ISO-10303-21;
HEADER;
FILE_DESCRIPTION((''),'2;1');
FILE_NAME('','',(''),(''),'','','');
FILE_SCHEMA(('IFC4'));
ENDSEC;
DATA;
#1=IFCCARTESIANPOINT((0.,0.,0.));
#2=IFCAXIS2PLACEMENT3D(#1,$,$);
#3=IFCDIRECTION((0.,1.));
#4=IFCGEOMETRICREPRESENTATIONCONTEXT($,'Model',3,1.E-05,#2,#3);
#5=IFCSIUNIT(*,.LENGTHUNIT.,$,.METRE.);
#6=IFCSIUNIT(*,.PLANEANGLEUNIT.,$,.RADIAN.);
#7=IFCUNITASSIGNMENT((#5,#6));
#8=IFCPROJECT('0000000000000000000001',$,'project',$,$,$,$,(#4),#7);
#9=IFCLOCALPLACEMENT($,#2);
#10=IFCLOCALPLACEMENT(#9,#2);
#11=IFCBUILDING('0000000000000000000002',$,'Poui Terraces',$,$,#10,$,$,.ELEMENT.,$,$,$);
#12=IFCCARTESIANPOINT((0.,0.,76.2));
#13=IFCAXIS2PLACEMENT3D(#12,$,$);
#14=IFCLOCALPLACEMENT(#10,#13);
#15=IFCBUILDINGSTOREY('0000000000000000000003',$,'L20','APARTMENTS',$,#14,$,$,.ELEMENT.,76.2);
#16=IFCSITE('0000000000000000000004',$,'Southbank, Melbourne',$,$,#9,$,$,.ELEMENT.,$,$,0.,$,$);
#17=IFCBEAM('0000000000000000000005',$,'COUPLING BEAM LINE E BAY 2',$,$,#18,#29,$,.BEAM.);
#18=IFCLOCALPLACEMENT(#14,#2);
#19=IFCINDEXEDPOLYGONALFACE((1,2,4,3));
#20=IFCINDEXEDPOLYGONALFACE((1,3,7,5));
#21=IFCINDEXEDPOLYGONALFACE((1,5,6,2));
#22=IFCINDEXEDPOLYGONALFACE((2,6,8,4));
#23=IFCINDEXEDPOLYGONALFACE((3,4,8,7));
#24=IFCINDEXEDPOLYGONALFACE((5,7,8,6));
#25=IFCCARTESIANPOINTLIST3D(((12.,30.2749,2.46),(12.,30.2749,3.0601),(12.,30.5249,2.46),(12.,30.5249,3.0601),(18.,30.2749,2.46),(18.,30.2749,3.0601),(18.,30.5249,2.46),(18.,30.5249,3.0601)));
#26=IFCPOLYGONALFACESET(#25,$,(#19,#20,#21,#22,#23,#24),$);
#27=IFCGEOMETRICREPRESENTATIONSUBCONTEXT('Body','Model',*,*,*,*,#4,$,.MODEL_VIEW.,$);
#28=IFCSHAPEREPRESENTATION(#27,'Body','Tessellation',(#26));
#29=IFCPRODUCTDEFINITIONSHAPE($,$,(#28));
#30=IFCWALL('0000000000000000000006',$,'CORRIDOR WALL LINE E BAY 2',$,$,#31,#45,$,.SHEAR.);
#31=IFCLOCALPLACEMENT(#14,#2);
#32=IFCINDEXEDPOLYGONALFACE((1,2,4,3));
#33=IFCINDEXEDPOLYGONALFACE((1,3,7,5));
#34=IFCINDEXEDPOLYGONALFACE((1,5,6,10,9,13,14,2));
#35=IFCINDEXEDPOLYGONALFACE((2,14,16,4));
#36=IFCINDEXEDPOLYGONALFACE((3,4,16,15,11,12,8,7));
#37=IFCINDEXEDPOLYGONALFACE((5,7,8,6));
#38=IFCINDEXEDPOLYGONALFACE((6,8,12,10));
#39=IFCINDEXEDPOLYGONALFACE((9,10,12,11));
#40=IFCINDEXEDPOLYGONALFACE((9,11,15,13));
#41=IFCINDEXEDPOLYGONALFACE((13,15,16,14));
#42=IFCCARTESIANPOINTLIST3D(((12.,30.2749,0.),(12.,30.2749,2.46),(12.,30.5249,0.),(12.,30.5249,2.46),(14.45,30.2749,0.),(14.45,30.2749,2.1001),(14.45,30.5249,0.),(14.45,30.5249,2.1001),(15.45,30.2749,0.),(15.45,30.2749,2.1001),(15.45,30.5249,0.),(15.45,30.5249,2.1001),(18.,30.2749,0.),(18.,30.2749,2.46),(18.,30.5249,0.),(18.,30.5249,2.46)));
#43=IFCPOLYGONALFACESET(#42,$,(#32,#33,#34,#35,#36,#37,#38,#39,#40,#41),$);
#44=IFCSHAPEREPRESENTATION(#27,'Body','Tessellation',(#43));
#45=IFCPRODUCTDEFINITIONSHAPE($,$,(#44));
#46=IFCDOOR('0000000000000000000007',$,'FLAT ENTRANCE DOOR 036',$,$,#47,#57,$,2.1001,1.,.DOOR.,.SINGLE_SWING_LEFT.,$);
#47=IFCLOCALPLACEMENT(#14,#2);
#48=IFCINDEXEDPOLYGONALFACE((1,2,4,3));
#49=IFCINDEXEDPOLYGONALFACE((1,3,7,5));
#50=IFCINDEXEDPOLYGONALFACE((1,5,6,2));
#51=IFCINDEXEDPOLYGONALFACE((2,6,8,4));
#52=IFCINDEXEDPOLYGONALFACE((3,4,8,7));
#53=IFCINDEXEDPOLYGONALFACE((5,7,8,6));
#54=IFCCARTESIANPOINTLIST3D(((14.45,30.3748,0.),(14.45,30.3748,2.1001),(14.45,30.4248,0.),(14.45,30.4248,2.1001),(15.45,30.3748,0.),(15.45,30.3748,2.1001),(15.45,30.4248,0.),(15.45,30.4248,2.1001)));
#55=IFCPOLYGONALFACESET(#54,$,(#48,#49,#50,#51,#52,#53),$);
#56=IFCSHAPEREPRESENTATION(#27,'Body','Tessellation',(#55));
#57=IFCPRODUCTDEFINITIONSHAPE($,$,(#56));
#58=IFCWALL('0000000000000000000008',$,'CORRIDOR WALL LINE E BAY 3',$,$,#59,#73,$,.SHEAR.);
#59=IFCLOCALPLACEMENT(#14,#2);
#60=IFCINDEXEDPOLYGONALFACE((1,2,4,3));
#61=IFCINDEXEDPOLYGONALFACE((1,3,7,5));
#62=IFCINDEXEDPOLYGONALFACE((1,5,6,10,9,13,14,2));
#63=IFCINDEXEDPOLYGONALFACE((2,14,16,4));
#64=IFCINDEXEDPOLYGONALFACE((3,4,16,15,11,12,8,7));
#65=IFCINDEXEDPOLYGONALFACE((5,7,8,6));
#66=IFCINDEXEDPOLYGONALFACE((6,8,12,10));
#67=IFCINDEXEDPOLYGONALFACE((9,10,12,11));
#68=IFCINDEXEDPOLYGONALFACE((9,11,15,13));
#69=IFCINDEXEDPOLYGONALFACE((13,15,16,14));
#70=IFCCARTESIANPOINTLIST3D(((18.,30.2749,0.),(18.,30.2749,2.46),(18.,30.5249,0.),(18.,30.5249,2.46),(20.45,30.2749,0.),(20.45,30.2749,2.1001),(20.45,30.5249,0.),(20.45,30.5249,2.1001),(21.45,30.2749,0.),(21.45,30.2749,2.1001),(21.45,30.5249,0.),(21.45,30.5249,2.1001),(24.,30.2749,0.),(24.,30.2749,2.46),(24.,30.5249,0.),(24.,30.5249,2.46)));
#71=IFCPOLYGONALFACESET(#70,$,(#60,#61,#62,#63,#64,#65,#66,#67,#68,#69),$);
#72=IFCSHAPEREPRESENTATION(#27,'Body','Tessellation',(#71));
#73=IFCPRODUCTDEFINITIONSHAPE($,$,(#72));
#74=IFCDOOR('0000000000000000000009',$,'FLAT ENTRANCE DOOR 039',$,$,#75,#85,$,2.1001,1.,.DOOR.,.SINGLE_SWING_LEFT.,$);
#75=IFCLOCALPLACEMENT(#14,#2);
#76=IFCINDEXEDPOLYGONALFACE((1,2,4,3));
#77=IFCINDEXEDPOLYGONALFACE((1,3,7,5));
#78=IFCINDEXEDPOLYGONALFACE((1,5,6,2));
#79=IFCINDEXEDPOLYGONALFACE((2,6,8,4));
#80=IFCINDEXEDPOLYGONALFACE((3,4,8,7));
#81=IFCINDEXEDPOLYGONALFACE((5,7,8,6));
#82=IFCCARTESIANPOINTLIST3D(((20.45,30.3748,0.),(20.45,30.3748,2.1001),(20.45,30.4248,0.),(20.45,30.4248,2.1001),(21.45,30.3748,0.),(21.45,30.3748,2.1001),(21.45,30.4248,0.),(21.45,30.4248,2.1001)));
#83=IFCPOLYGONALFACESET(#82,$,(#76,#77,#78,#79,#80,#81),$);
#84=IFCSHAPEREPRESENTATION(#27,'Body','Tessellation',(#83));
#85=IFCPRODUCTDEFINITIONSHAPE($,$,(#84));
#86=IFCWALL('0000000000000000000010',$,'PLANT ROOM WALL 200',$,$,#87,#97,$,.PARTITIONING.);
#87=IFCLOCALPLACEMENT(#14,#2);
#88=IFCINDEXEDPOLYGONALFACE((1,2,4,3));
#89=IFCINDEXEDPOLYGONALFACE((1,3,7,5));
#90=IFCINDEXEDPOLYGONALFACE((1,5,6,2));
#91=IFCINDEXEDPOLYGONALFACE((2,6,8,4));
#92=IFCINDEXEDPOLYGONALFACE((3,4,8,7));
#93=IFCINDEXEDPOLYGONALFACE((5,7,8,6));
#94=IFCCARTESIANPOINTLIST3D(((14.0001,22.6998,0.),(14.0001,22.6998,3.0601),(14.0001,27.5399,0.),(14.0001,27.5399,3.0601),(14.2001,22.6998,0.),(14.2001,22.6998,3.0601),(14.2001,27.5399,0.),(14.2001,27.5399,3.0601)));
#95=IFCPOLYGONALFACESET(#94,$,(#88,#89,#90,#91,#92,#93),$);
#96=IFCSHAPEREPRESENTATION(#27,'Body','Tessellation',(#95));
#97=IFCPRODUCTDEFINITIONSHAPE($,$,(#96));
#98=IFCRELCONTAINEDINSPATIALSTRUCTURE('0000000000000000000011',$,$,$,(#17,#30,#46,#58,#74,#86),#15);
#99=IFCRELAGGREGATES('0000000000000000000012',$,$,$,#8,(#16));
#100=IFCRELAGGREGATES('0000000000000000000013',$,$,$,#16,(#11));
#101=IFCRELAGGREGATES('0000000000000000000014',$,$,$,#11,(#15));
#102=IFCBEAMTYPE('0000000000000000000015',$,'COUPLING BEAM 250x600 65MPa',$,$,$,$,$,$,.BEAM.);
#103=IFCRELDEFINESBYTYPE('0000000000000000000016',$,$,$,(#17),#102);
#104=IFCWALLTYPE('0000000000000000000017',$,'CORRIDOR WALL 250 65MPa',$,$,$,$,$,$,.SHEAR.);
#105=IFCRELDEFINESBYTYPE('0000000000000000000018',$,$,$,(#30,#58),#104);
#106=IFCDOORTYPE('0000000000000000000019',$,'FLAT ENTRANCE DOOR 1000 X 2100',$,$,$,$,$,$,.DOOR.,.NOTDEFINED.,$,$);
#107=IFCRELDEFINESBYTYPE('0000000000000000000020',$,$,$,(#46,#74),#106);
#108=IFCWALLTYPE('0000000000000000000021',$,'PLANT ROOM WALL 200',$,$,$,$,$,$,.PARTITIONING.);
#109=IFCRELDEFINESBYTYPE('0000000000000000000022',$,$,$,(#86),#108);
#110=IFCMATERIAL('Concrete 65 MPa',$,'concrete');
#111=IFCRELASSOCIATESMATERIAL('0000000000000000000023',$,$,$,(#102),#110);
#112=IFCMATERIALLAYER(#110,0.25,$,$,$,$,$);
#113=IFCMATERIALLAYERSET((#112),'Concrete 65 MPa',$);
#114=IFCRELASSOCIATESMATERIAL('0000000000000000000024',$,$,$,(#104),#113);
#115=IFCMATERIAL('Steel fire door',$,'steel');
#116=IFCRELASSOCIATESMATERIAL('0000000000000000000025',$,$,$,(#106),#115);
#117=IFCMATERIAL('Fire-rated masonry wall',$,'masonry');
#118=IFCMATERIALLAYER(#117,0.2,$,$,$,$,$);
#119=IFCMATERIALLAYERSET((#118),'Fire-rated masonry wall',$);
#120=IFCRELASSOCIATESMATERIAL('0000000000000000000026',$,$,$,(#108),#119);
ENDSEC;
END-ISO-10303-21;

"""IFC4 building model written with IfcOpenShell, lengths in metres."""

from ifc_helpers import new_model, si_unit, direction, frame, frame_2d, origin, origin_2d, place, context, subcontext, project, spatial, rectangle, extrude, source, transform, mapped, material, layer, layer_set, material_profile, profile_set, type_object, element, fill, save


model = new_model("IFC4")

# Units and contexts
model_context = context("Model", 3, precision=1e-05, world=origin(), true_north=direction((0.0, 1.0)))
body_context = subcontext(model_context, "Body", "Model", "MODEL_VIEW")
ifc_project = project(units=[si_unit("LENGTHUNIT", "METRE"), si_unit("PLANEANGLEUNIT", "RADIAN")], contexts=[model_context])

# Site, building, storey
site_placement = place(None, origin())
site = spatial("IfcSite", under=ifc_project, at=site_placement, Name="Southbank, Melbourne", CompositionType="ELEMENT", RefElevation=0.0)
building_placement = place(site_placement, origin())
building = spatial("IfcBuilding", under=site, at=building_placement, Name="Poui Terraces", CompositionType="ELEMENT")
storey_placement = place(building_placement, frame((0.0, 0.0, 76.2)))
storey = spatial("IfcBuildingStorey", under=building, at=storey_placement, Name="L20", Description="APARTMENTS", CompositionType="ELEMENT", Elevation=76.2)

# Beam
ifc_material_1 = material(Name="Concrete 65 MPa", Category="concrete")
ifc_material_profile = material_profile(ifc_material_1, rectangle(XDim=0.25, YDim=0.6001, at=origin_2d()), Name="RC 250x600")
ifc_profile_set = profile_set([ifc_material_profile], Name="Concrete 65 MPa")
beam_type = type_object("IfcBeamType", Name="COUPLING BEAM 250x600 65MPa", PredefinedType="BEAM", material=ifc_profile_set)
shared_shape = source(origin(), body_context, "Body", "SweptSolid", [
    extrude(rectangle(XDim=0.25, YDim=0.6001, at=origin_2d()), origin(), (0.0, 0.0, 1.0), 6.0),
])
beam_placement = place(storey_placement, frame((12.0, 30.3999, 2.76), z_axis=(1.0, 0.0, 0.0), x_axis=(0.0, 1.0, 0.0)))
element("IfcBeam", 1, at=beam_placement, inside=storey, type_object=beam_type, Name="COUPLING BEAM LINE E BAY 2", PredefinedType="BEAM", context=body_context, shape_type="MappedRepresentation", body=[
    mapped(shared_shape, transform((0.0, 0.0, 0.0))),
])

# Walls, openings, doors
ifc_layer_1 = layer(ifc_material_1, 0.25)
ifc_layer_set_1 = layer_set([ifc_layer_1], Name="Concrete 65 MPa")
wall_type_1 = type_object("IfcWallType", Name="CORRIDOR WALL 250 65MPa", PredefinedType="SHEAR", material=ifc_layer_set_1)
wall_1_placement = place(storey_placement, frame((12.0, 30.3999, 0.0), z_axis=(0.0, 0.0, 1.0), x_axis=(1.0, 0.0, 0.0)))
wall_1 = element("IfcWall", 2, at=wall_1_placement, inside=storey, type_object=wall_type_1, Name="CORRIDOR WALL LINE E BAY 2", PredefinedType="SHEAR", context=body_context, shape_type="SweptSolid", body=[
    extrude(rectangle(XDim=6.0, YDim=0.25, at=frame_2d((3.0, 0.0))), origin(), (0.0, 0.0, 1.0), 2.46),
])
opening_1_placement = place(wall_1_placement, frame((2.45, 0.0, 0.0)))
opening_1 = element("IfcOpeningElement", 3, at=opening_1_placement, cuts=wall_1, PredefinedType="OPENING", context=body_context, shape_type="SweptSolid", body=[
    extrude(rectangle(XDim=1.0, YDim=2.1001, at=frame_2d((0.5, 1.05))), frame((0.0, 0.135, 0.0), z_axis=(0.0, -1.0, 0.0), x_axis=(1.0, 0.0, 0.0)), (0.0, 0.0, 1.0), 0.27),
])
ifc_material_2 = material(Name="Steel fire door", Category="steel")
door_type = type_object("IfcDoorType", Name="FLAT ENTRANCE DOOR 1000 X 2100", OperationType="NOTDEFINED", PredefinedType="DOOR", material=ifc_material_2)
door_1_placement = place(opening_1_placement, origin())
door_1 = element("IfcDoor", 4, at=door_1_placement, inside=storey, type_object=door_type, Name="FLAT ENTRANCE DOOR 036", OperationType="SINGLE_SWING_LEFT", OverallHeight=2.1001, OverallWidth=1.0, PredefinedType="DOOR", context=body_context, shape_type="SweptSolid", body=[
    extrude(rectangle(XDim=1.0, YDim=2.1001, at=frame_2d((0.5, 1.05))), frame((0.0, 0.0249, 0.0), z_axis=(0.0, -1.0, 0.0), x_axis=(1.0, 0.0, 0.0)), (0.0, 0.0, 1.0), 0.05),
])
fill(opening_1, door_1)
wall_2_placement = place(storey_placement, frame((18.0, 30.3999, 0.0), z_axis=(0.0, 0.0, 1.0), x_axis=(1.0, 0.0, 0.0)))
wall_2 = element("IfcWall", 5, at=wall_2_placement, inside=storey, type_object=wall_type_1, Name="CORRIDOR WALL LINE E BAY 3", PredefinedType="SHEAR", context=body_context, shape_type="SweptSolid", body=[
    extrude(rectangle(XDim=6.0, YDim=0.25, at=frame_2d((3.0, 0.0))), origin(), (0.0, 0.0, 1.0), 2.46),
])
opening_2_placement = place(wall_2_placement, frame((2.45, 0.0, 0.0)))
opening_2 = element("IfcOpeningElement", 6, at=opening_2_placement, cuts=wall_2, PredefinedType="OPENING", context=body_context, shape_type="SweptSolid", body=[
    extrude(rectangle(XDim=1.0, YDim=2.1001, at=frame_2d((0.5, 1.05))), frame((0.0, 0.135, 0.0), z_axis=(0.0, -1.0, 0.0), x_axis=(1.0, 0.0, 0.0)), (0.0, 0.0, 1.0), 0.27),
])
door_2_placement = place(opening_2_placement, origin())
door_2 = element("IfcDoor", 7, at=door_2_placement, inside=storey, type_object=door_type, Name="FLAT ENTRANCE DOOR 039", OperationType="SINGLE_SWING_LEFT", OverallHeight=2.1001, OverallWidth=1.0, PredefinedType="DOOR", context=body_context, shape_type="SweptSolid", body=[
    extrude(rectangle(XDim=1.0, YDim=2.1001, at=frame_2d((0.5, 1.05))), frame((0.0, 0.0249, 0.0), z_axis=(0.0, -1.0, 0.0), x_axis=(1.0, 0.0, 0.0)), (0.0, 0.0, 1.0), 0.05),
])
fill(opening_2, door_2)

# Wall
ifc_material_3 = material(Name="Fire-rated masonry wall", Category="masonry")
ifc_layer_2 = layer(ifc_material_3, 0.2)
ifc_layer_set_2 = layer_set([ifc_layer_2], Name="Fire-rated masonry wall")
wall_type_2 = type_object("IfcWallType", Name="PLANT ROOM WALL 200", PredefinedType="PARTITIONING", material=ifc_layer_set_2)
wall_3_placement = place(storey_placement, frame((14.1001, 22.7, 0.0), z_axis=(0.0, 0.0, 1.0), x_axis=(0.0, 1.0, 0.0)))
element("IfcWall", 8, at=wall_3_placement, inside=storey, type_object=wall_type_2, Name="PLANT ROOM WALL 200", PredefinedType="PARTITIONING", context=body_context, shape_type="SweptSolid", body=[
    extrude(rectangle(XDim=4.8401, YDim=0.2, at=frame_2d((2.4199, 0.0))), origin(), (0.0, 0.0, 1.0), 3.0601),
])

save(model, "model.ifc")
